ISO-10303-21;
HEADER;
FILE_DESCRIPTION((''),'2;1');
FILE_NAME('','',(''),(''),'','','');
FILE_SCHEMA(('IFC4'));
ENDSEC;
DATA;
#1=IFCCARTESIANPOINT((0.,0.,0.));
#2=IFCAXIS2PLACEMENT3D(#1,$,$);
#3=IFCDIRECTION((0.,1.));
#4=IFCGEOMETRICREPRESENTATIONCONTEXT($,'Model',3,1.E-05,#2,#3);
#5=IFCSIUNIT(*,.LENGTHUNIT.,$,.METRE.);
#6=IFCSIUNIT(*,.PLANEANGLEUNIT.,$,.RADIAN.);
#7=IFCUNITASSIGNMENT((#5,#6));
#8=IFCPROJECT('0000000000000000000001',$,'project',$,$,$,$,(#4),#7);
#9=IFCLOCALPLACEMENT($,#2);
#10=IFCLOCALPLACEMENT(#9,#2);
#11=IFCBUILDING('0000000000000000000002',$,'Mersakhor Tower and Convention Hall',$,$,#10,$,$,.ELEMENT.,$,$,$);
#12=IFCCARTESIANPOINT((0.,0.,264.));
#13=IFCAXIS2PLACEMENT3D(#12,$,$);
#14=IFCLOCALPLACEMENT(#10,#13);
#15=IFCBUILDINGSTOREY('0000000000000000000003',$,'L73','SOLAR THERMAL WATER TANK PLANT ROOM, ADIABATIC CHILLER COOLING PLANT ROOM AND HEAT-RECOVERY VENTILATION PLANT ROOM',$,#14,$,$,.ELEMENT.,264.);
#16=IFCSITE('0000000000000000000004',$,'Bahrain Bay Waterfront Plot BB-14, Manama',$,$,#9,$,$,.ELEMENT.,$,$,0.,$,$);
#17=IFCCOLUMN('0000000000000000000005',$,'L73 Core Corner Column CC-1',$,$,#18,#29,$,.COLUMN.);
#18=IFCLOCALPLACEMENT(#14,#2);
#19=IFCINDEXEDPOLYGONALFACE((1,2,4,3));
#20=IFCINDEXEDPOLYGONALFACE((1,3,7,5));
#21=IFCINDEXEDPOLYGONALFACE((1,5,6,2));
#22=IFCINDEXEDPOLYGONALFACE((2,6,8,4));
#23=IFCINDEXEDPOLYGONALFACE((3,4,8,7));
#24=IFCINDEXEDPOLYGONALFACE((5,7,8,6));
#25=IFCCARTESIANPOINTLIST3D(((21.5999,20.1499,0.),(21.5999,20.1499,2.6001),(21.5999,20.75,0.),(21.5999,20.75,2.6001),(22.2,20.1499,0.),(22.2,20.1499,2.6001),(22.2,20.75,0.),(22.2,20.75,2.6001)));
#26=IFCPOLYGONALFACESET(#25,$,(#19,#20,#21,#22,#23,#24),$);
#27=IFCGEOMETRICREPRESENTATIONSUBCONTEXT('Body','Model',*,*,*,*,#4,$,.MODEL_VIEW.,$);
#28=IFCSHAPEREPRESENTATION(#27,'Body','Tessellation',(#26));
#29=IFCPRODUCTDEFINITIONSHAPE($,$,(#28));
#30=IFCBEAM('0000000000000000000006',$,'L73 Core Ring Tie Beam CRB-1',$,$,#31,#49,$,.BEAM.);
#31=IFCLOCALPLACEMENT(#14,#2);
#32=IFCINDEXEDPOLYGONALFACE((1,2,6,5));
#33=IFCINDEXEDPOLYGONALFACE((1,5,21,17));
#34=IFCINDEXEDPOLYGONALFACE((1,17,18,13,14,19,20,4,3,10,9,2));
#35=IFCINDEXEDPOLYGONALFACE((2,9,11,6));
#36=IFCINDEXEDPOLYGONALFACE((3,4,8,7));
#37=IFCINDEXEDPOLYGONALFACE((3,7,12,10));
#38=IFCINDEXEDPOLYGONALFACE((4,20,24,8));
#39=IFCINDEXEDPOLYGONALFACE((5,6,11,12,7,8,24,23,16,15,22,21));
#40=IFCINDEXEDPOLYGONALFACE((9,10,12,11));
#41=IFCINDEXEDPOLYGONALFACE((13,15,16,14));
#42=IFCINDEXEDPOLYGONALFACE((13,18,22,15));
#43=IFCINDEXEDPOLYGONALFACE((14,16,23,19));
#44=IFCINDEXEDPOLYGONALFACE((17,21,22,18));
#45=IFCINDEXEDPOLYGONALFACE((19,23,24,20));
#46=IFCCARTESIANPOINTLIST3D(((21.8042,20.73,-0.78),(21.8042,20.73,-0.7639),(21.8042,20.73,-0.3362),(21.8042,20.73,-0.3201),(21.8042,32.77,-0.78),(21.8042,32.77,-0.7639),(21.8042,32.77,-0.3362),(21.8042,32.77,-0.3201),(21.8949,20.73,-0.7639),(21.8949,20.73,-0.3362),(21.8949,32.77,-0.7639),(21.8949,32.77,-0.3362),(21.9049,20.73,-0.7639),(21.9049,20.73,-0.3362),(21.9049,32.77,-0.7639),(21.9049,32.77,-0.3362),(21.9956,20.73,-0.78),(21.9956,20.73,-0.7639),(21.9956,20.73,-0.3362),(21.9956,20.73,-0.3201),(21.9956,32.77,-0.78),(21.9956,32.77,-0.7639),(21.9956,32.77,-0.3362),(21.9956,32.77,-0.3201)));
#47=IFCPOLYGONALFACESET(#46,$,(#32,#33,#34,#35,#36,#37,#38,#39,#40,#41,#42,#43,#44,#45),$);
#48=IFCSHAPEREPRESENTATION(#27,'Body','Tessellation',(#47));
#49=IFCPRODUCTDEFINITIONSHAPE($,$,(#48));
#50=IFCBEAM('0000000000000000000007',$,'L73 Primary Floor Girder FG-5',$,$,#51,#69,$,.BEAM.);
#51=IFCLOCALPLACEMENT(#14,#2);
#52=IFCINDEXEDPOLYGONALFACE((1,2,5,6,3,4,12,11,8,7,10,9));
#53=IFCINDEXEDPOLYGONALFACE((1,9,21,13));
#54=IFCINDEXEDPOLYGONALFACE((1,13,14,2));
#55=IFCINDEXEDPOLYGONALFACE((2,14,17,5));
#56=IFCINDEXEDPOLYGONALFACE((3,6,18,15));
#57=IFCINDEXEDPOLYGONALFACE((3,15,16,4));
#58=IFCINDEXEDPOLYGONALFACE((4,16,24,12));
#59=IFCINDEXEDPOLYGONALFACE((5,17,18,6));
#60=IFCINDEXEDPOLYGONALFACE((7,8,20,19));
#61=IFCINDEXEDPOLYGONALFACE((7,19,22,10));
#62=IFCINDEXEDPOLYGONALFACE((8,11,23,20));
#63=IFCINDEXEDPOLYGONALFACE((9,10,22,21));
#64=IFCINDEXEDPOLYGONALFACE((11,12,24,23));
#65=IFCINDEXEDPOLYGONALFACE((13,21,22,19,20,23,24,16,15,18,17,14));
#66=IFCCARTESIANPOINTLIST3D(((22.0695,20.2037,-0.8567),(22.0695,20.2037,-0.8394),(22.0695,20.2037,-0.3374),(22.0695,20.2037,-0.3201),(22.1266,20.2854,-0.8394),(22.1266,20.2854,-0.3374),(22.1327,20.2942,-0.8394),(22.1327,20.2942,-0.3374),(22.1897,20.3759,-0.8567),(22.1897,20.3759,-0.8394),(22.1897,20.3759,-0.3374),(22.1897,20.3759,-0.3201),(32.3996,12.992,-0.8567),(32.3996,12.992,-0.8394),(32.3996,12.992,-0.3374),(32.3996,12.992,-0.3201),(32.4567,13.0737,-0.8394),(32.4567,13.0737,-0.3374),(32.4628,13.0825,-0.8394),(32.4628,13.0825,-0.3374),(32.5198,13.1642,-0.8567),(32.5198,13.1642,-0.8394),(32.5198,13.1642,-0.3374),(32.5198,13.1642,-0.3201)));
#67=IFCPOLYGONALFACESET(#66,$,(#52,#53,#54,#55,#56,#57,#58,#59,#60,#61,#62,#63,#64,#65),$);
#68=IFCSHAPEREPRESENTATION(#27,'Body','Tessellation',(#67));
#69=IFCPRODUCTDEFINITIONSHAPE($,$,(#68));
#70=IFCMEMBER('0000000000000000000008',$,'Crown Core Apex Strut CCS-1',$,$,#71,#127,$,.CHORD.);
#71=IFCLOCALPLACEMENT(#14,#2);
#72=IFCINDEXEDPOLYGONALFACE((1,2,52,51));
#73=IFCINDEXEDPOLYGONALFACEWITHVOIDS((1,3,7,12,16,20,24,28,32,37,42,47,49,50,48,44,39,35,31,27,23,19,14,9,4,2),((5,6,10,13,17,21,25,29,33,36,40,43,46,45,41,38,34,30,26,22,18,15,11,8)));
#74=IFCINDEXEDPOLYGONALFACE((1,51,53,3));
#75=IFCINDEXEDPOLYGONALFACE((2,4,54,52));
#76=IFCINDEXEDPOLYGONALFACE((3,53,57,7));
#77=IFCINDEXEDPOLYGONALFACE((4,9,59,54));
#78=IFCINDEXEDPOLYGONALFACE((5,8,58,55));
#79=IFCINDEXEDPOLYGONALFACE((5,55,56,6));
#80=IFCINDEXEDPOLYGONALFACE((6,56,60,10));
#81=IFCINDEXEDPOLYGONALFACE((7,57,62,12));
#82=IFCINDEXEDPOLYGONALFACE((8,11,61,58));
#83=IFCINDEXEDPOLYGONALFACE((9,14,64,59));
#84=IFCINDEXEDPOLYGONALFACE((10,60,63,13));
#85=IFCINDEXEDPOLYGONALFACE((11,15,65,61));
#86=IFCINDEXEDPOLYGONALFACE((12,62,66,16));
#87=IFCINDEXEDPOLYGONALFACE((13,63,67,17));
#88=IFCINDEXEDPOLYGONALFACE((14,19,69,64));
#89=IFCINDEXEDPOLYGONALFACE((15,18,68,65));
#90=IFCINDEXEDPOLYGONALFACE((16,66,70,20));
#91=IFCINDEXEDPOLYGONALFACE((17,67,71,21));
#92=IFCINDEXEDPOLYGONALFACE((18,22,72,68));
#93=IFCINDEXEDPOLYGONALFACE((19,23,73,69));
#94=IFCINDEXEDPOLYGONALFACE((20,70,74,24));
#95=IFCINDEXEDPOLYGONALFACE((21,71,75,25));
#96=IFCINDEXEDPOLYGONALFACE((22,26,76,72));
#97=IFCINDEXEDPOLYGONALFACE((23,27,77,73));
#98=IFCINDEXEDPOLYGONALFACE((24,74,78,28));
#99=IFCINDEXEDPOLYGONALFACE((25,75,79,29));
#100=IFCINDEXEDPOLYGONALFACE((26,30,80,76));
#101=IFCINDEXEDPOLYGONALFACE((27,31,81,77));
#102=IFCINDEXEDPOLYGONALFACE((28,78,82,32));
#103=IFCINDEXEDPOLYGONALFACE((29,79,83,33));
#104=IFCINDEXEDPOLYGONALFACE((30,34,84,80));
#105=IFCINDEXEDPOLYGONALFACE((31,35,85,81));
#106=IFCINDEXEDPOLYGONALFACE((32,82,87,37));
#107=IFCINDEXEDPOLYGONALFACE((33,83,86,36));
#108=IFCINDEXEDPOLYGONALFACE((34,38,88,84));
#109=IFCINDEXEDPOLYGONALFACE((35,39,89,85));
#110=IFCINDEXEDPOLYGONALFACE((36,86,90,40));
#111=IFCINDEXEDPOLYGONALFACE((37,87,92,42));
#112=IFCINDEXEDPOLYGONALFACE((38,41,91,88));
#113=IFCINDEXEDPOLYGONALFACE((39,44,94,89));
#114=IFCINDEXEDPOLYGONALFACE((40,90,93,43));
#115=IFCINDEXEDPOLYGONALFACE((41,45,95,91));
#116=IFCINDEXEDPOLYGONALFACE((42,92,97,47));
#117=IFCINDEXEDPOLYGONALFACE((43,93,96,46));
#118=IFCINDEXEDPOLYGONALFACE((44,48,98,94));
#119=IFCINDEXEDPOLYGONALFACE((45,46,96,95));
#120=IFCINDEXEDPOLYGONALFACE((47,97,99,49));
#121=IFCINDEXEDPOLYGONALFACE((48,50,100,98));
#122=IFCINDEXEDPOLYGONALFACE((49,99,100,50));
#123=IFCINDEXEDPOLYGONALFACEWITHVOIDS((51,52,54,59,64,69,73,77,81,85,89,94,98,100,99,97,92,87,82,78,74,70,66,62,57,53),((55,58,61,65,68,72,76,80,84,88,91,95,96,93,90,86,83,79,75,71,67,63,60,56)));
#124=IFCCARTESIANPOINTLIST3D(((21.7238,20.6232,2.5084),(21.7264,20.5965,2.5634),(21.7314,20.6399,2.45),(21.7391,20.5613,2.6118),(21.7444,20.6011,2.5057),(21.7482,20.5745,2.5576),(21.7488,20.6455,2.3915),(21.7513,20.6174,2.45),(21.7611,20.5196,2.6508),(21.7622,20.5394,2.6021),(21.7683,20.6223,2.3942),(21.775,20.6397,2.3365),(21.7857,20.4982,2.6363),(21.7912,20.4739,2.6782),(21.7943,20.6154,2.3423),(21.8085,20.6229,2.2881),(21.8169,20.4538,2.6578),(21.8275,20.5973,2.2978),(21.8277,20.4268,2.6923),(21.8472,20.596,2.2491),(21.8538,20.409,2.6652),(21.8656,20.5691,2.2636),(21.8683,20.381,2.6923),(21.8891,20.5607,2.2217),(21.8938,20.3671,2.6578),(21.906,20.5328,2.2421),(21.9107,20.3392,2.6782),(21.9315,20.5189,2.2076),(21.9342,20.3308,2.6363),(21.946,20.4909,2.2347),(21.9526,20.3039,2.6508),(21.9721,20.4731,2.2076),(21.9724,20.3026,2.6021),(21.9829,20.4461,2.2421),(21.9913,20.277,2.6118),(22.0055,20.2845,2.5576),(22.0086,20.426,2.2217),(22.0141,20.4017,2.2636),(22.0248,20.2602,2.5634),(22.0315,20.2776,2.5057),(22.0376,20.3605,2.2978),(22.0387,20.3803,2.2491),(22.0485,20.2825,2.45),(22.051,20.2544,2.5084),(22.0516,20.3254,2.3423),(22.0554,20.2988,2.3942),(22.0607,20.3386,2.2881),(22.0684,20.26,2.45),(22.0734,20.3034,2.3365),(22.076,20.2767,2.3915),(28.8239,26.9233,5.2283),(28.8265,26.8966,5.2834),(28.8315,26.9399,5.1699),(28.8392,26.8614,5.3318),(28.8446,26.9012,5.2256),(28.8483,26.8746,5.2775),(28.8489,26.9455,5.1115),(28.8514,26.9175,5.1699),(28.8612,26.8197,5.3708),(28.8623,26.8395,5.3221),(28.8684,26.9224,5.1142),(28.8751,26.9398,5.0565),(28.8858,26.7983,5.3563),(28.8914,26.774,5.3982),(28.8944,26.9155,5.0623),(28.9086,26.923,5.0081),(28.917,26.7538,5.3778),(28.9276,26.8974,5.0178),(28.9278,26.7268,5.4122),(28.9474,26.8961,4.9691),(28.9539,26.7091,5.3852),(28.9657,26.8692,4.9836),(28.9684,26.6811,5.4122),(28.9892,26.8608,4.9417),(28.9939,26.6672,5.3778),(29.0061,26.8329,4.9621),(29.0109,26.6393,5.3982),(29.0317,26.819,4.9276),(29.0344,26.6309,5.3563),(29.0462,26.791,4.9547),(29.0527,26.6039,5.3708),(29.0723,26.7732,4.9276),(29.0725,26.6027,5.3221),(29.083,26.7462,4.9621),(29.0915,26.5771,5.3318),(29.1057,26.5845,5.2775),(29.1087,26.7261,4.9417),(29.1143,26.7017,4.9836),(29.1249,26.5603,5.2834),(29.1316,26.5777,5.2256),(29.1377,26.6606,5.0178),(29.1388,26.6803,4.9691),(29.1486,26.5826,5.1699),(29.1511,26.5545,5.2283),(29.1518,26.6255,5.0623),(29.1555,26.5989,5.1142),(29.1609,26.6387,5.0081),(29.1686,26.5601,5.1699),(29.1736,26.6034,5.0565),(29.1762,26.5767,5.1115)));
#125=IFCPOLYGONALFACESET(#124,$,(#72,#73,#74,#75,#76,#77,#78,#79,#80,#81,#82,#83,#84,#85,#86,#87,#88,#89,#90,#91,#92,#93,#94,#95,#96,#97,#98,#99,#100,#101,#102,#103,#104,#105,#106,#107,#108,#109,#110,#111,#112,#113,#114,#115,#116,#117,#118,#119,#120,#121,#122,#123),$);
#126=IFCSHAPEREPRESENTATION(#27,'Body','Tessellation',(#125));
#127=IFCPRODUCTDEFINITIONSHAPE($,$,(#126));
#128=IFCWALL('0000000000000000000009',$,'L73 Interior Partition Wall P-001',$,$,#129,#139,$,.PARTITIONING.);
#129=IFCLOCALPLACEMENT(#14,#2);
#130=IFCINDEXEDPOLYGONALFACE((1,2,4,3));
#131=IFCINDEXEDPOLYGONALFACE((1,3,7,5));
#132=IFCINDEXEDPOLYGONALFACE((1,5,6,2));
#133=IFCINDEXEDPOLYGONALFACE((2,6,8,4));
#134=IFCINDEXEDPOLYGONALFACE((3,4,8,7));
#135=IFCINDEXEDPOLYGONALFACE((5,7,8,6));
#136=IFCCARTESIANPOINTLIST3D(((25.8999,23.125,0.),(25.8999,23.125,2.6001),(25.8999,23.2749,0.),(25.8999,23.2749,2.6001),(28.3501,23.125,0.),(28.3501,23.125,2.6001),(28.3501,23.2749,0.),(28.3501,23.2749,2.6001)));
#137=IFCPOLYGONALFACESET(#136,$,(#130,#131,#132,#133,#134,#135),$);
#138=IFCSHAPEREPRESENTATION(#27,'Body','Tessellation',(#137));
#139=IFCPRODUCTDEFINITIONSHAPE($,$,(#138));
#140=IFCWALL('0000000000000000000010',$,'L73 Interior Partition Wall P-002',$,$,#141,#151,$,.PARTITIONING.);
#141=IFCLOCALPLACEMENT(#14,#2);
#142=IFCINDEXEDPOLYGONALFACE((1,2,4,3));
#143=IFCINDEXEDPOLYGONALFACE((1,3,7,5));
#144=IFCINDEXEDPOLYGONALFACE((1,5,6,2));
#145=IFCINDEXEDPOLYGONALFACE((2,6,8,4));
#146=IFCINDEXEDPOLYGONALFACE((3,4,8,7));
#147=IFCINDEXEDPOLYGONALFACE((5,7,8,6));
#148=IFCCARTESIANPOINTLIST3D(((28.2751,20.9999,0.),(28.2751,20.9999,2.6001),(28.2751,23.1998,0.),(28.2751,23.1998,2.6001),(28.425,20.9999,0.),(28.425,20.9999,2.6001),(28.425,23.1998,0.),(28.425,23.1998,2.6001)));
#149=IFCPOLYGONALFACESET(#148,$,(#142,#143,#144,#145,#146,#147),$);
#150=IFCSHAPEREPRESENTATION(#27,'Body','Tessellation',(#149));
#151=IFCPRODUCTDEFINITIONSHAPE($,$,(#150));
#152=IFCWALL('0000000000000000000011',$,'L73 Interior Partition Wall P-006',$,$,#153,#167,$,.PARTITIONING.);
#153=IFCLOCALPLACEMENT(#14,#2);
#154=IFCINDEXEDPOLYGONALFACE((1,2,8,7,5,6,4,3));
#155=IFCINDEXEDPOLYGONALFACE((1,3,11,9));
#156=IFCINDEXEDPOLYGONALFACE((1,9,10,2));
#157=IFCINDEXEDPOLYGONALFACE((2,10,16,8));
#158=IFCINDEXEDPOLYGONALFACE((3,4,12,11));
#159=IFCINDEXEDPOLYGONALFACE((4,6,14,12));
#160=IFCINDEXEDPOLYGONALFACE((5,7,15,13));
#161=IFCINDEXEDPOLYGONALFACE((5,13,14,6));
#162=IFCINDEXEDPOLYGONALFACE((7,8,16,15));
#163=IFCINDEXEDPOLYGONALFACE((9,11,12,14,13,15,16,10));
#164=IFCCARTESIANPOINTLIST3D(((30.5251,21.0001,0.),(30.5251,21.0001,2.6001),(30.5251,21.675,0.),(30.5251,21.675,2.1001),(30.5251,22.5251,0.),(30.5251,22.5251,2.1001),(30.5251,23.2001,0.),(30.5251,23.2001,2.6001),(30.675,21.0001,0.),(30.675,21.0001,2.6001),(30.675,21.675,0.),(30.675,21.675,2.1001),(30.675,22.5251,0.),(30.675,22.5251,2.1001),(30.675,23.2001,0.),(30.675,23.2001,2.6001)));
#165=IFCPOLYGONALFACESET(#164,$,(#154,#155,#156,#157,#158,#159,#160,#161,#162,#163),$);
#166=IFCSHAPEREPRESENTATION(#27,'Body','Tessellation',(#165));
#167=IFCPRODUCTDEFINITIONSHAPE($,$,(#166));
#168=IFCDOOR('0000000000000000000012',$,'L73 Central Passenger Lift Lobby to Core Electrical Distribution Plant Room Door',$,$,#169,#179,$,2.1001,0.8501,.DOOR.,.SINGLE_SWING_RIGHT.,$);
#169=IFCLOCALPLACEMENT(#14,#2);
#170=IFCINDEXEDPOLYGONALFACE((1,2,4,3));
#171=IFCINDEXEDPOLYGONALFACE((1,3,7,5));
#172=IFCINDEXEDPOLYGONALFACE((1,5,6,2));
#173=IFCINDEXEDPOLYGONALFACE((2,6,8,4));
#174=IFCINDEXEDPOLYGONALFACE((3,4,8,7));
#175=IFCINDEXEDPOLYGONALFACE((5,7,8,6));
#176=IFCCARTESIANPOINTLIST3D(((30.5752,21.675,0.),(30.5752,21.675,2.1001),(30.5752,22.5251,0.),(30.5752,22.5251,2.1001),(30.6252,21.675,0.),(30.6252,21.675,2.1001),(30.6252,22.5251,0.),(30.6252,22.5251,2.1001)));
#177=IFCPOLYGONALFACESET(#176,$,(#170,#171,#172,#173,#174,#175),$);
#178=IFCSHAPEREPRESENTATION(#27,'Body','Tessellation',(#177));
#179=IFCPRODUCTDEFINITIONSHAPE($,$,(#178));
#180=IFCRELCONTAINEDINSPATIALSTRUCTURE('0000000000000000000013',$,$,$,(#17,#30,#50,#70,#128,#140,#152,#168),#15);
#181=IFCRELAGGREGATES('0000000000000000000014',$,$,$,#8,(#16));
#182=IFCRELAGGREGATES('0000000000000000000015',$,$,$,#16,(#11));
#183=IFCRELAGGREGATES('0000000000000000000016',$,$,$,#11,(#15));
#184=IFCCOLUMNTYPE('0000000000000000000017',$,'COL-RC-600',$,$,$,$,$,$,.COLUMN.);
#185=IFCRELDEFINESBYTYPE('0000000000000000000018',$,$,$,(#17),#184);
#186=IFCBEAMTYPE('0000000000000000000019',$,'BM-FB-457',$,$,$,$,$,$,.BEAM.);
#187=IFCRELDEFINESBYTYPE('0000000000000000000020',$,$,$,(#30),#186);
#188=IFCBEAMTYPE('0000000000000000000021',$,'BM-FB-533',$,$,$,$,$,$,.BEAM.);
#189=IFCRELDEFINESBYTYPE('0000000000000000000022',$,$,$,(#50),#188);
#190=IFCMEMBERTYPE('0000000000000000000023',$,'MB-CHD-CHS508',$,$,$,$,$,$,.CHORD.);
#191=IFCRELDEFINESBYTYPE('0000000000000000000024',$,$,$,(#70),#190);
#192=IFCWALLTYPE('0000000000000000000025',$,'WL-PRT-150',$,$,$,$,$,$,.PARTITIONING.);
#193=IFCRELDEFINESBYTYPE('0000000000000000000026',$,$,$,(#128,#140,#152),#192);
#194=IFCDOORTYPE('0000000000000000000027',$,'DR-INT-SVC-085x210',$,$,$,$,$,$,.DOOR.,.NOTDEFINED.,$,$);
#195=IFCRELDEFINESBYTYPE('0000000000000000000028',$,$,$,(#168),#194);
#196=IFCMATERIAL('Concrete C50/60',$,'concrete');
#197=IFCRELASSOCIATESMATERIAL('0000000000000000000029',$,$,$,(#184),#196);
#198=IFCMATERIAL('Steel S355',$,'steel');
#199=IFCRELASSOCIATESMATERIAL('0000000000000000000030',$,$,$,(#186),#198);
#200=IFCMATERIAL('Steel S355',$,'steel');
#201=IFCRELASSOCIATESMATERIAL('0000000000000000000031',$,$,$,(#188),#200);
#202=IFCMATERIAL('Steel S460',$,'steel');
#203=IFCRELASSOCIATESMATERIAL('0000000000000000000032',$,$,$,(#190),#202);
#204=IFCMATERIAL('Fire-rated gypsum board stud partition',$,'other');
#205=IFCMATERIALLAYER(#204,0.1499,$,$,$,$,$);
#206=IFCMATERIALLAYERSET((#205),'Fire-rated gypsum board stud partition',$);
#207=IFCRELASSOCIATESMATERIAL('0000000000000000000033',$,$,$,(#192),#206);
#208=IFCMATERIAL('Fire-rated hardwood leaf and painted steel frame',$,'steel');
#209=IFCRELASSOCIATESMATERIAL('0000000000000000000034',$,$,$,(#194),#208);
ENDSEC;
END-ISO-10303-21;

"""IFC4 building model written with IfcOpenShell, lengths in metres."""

from ifc_helpers import new_model, si_unit, direction, frame, frame_2d, origin, origin_2d, place, context, subcontext, project, spatial, rectangle, hollow_circle, i_section, extrude, material, layer, layer_set, material_profile, profile_set, type_object, element, fill, save


model = new_model("IFC4")

# Units and contexts
model_context = context("Model", 3, precision=1e-05, world=origin(), true_north=direction((0.0, 1.0)))
body_context = subcontext(model_context, "Body", "Model", "MODEL_VIEW")
ifc_project = project(units=[si_unit("LENGTHUNIT", "METRE"), si_unit("PLANEANGLEUNIT", "RADIAN")], contexts=[model_context])

# Site, building, storey
site_placement = place(None, origin())
site = spatial("IfcSite", under=ifc_project, at=site_placement, Name="Bahrain Bay Waterfront Plot BB-14, Manama", CompositionType="ELEMENT", RefElevation=0.0)
building_placement = place(site_placement, origin())
building = spatial("IfcBuilding", under=site, at=building_placement, Name="Mersakhor Tower and Convention Hall", CompositionType="ELEMENT")
storey_placement = place(building_placement, frame((0.0, 0.0, 264.0)))
storey = spatial("IfcBuildingStorey", under=building, at=storey_placement, Name="L73", Description="SOLAR THERMAL WATER TANK PLANT ROOM, ADIABATIC CHILLER COOLING PLANT ROOM AND HEAT-RECOVERY VENTILATION PLANT ROOM", CompositionType="ELEMENT", Elevation=264.0)

# Column
ifc_material_1 = material(Name="Concrete C50/60", Category="concrete")
ifc_material_profile_1 = material_profile(ifc_material_1, rectangle(XDim=0.6001, YDim=0.6001, at=origin_2d()), Name="RC 600x600")
ifc_profile_set_1 = profile_set([ifc_material_profile_1], Name="Concrete C50/60")
column_type = type_object("IfcColumnType", Name="COL-RC-600", PredefinedType="COLUMN", material=ifc_profile_set_1)
column_placement = place(storey_placement, frame((21.8999, 20.45, 0.0), z_axis=(0.0, 0.0, 1.0), x_axis=(1.0, 0.0, 0.0)))
element("IfcColumn", 1, at=column_placement, inside=storey, type_object=column_type, Name="L73 Core Corner Column CC-1", PredefinedType="COLUMN", context=body_context, shape_type="SweptSolid", body=[
    extrude(rectangle(XDim=0.6001, YDim=0.6001, at=origin_2d()), origin(), (0.0, 0.0, 1.0), 2.6001),
])

# Beams
ifc_material_2 = material(Name="Steel S355", Category="steel")
ifc_material_profile_2 = material_profile(ifc_material_2, i_section(OverallWidth=0.1914, OverallDepth=0.46, WebThickness=0.01, FlangeThickness=0.0161, at=origin_2d()), Name="UB 457x191x82")
ifc_profile_set_2 = profile_set([ifc_material_profile_2], Name="Steel S355")
beam_type_1 = type_object("IfcBeamType", Name="BM-FB-457", PredefinedType="BEAM", material=ifc_profile_set_2)
beam_1_placement = place(storey_placement, frame((21.8999, 20.73, -0.55), z_axis=(0.0, 1.0, 0.0), x_axis=(-1.0, 0.0, 0.0)))
element("IfcBeam", 2, at=beam_1_placement, inside=storey, type_object=beam_type_1, Name="L73 Core Ring Tie Beam CRB-1", PredefinedType="BEAM", context=body_context, shape_type="SweptSolid", body=[
    extrude(i_section(OverallWidth=0.1914, OverallDepth=0.46, WebThickness=0.01, FlangeThickness=0.0161, at=origin_2d()), origin(), (0.0, 0.0, 1.0), 12.04),
])
ifc_material_3 = material(Name="Steel S355", Category="steel")
ifc_material_profile_3 = material_profile(ifc_material_3, i_section(OverallWidth=0.21, OverallDepth=0.5366, WebThickness=0.0107, FlangeThickness=0.0173, at=origin_2d()), Name="UB 533x210x101")
ifc_profile_set_3 = profile_set([ifc_material_profile_3], Name="Steel S355")
beam_type_2 = type_object("IfcBeamType", Name="BM-FB-533", PredefinedType="BEAM", material=ifc_profile_set_3)
beam_2_placement = place(storey_placement, frame((22.1296, 20.2898, -0.5884), z_axis=(0.819954, -0.572429, 0.0), x_axis=(0.572429, 0.819954, 0.0)))
element("IfcBeam", 3, at=beam_2_placement, inside=storey, type_object=beam_type_2, Name="L73 Primary Floor Girder FG-5", PredefinedType="BEAM", context=body_context, shape_type="SweptSolid", body=[
    extrude(i_section(OverallWidth=0.21, OverallDepth=0.5366, WebThickness=0.0107, FlangeThickness=0.0173, at=origin_2d()), origin(), (0.0, 0.0, 1.0), 12.5984),
])

# Member
ifc_material_4 = material(Name="Steel S460", Category="steel")
ifc_material_profile_4 = material_profile(ifc_material_4, hollow_circle(Radius=0.2539, WallThickness=0.03, at=origin_2d()), Name="CHS 508x30")
ifc_profile_set_4 = profile_set([ifc_material_profile_4], Name="Steel S460")
member_type = type_object("IfcMemberType", Name="MB-CHD-CHS508", PredefinedType="CHORD", material=ifc_profile_set_4)
member_placement = place(storey_placement, frame((21.8999, 20.45, 2.45), z_axis=(0.719054, 0.63803, 0.275462), x_axis=(-0.663707, 0.747992, 0.0)))
element("IfcMember", 4, at=member_placement, inside=storey, type_object=member_type, Name="Crown Core Apex Strut CCS-1", PredefinedType="CHORD", context=body_context, shape_type="SweptSolid", body=[
    extrude(hollow_circle(Radius=0.2539, WallThickness=0.03, at=origin_2d()), origin(), (0.0, 0.0, 1.0), 9.8743),
])

# Walls
ifc_material_5 = material(Name="Fire-rated gypsum board stud partition", Category="other")
ifc_layer_1 = layer(ifc_material_5, 0.1499)
ifc_layer_set_1 = layer_set([ifc_layer_1], Name="Fire-rated gypsum board stud partition")
wall_type_1 = type_object("IfcWallType", Name="WL-PRT-150", PredefinedType="PARTITIONING", material=ifc_layer_set_1)
wall_1_placement = place(storey_placement, frame((25.8999, 23.2, 0.0), z_axis=(0.0, 0.0, 1.0), x_axis=(1.0, 0.0, 0.0)))
element("IfcWall", 5, at=wall_1_placement, inside=storey, type_object=wall_type_1, Name="L73 Interior Partition Wall P-001", PredefinedType="PARTITIONING", context=body_context, shape_type="SweptSolid", body=[
    extrude(rectangle(XDim=2.4502, YDim=0.1499, at=frame_2d((1.2251, 0.0))), origin(), (0.0, 0.0, 1.0), 2.6001),
])
wall_2_placement = place(storey_placement, frame((28.3501, 23.2, 0.0), z_axis=(0.0, 0.0, 1.0), x_axis=(0.0, -1.0, 0.0)))
element("IfcWall", 6, at=wall_2_placement, inside=storey, type_object=wall_type_1, Name="L73 Interior Partition Wall P-002", PredefinedType="PARTITIONING", context=body_context, shape_type="SweptSolid", body=[
    extrude(rectangle(XDim=2.2, YDim=0.1499, at=frame_2d((1.1001, 0.0))), origin(), (0.0, 0.0, 1.0), 2.6001),
])

# Wall, opening, door
wall_3_placement = place(storey_placement, frame((30.6001, 21.0, 0.0), z_axis=(0.0, 0.0, 1.0), x_axis=(0.0, 1.0, 0.0)))
wall_3 = element("IfcWall", 7, at=wall_3_placement, inside=storey, type_object=wall_type_1, Name="L73 Interior Partition Wall P-006", PredefinedType="PARTITIONING", context=body_context, shape_type="SweptSolid", body=[
    extrude(rectangle(XDim=2.2, YDim=0.1499, at=frame_2d((1.1001, 0.0))), origin(), (0.0, 0.0, 1.0), 2.6001),
])
opening_1_placement = place(wall_3_placement, frame((0.675, 0.0, 0.0)))
opening_1 = element("IfcOpeningElement", 8, at=opening_1_placement, cuts=wall_3, PredefinedType="OPENING", context=body_context, shape_type="SweptSolid", body=[
    extrude(rectangle(XDim=0.8501, YDim=2.1001, at=frame_2d((0.425, 1.05))), frame((0.0, 0.085, 0.0), z_axis=(0.0, -1.0, 0.0), x_axis=(1.0, 0.0, 0.0)), (0.0, 0.0, 1.0), 0.1699),
])
ifc_material_6 = material(Name="Fire-rated hardwood leaf and painted steel frame", Category="steel")
door_type_1 = type_object("IfcDoorType", Name="DR-INT-SVC-085x210", OperationType="NOTDEFINED", PredefinedType="DOOR", material=ifc_material_6)
door_1_placement = place(opening_1_placement, origin())
door_1 = element("IfcDoor", 9, at=door_1_placement, inside=storey, type_object=door_type_1, Name="L73 Central Passenger Lift Lobby to Core Electrical Distribution Plant Room Door", OperationType="SINGLE_SWING_RIGHT", OverallHeight=2.1001, OverallWidth=0.8501, PredefinedType="DOOR", context=body_context, shape_type="SweptSolid", body=[
    extrude(rectangle(XDim=0.8501, YDim=2.1001, at=frame_2d((0.425, 1.05))), frame((0.0, 0.0249, 0.0), z_axis=(0.0, -1.0, 0.0), x_axis=(1.0, 0.0, 0.0)), (0.0, 0.0, 1.0), 0.05),
])
fill(opening_1, door_1)

save(model, "model.ifc")
